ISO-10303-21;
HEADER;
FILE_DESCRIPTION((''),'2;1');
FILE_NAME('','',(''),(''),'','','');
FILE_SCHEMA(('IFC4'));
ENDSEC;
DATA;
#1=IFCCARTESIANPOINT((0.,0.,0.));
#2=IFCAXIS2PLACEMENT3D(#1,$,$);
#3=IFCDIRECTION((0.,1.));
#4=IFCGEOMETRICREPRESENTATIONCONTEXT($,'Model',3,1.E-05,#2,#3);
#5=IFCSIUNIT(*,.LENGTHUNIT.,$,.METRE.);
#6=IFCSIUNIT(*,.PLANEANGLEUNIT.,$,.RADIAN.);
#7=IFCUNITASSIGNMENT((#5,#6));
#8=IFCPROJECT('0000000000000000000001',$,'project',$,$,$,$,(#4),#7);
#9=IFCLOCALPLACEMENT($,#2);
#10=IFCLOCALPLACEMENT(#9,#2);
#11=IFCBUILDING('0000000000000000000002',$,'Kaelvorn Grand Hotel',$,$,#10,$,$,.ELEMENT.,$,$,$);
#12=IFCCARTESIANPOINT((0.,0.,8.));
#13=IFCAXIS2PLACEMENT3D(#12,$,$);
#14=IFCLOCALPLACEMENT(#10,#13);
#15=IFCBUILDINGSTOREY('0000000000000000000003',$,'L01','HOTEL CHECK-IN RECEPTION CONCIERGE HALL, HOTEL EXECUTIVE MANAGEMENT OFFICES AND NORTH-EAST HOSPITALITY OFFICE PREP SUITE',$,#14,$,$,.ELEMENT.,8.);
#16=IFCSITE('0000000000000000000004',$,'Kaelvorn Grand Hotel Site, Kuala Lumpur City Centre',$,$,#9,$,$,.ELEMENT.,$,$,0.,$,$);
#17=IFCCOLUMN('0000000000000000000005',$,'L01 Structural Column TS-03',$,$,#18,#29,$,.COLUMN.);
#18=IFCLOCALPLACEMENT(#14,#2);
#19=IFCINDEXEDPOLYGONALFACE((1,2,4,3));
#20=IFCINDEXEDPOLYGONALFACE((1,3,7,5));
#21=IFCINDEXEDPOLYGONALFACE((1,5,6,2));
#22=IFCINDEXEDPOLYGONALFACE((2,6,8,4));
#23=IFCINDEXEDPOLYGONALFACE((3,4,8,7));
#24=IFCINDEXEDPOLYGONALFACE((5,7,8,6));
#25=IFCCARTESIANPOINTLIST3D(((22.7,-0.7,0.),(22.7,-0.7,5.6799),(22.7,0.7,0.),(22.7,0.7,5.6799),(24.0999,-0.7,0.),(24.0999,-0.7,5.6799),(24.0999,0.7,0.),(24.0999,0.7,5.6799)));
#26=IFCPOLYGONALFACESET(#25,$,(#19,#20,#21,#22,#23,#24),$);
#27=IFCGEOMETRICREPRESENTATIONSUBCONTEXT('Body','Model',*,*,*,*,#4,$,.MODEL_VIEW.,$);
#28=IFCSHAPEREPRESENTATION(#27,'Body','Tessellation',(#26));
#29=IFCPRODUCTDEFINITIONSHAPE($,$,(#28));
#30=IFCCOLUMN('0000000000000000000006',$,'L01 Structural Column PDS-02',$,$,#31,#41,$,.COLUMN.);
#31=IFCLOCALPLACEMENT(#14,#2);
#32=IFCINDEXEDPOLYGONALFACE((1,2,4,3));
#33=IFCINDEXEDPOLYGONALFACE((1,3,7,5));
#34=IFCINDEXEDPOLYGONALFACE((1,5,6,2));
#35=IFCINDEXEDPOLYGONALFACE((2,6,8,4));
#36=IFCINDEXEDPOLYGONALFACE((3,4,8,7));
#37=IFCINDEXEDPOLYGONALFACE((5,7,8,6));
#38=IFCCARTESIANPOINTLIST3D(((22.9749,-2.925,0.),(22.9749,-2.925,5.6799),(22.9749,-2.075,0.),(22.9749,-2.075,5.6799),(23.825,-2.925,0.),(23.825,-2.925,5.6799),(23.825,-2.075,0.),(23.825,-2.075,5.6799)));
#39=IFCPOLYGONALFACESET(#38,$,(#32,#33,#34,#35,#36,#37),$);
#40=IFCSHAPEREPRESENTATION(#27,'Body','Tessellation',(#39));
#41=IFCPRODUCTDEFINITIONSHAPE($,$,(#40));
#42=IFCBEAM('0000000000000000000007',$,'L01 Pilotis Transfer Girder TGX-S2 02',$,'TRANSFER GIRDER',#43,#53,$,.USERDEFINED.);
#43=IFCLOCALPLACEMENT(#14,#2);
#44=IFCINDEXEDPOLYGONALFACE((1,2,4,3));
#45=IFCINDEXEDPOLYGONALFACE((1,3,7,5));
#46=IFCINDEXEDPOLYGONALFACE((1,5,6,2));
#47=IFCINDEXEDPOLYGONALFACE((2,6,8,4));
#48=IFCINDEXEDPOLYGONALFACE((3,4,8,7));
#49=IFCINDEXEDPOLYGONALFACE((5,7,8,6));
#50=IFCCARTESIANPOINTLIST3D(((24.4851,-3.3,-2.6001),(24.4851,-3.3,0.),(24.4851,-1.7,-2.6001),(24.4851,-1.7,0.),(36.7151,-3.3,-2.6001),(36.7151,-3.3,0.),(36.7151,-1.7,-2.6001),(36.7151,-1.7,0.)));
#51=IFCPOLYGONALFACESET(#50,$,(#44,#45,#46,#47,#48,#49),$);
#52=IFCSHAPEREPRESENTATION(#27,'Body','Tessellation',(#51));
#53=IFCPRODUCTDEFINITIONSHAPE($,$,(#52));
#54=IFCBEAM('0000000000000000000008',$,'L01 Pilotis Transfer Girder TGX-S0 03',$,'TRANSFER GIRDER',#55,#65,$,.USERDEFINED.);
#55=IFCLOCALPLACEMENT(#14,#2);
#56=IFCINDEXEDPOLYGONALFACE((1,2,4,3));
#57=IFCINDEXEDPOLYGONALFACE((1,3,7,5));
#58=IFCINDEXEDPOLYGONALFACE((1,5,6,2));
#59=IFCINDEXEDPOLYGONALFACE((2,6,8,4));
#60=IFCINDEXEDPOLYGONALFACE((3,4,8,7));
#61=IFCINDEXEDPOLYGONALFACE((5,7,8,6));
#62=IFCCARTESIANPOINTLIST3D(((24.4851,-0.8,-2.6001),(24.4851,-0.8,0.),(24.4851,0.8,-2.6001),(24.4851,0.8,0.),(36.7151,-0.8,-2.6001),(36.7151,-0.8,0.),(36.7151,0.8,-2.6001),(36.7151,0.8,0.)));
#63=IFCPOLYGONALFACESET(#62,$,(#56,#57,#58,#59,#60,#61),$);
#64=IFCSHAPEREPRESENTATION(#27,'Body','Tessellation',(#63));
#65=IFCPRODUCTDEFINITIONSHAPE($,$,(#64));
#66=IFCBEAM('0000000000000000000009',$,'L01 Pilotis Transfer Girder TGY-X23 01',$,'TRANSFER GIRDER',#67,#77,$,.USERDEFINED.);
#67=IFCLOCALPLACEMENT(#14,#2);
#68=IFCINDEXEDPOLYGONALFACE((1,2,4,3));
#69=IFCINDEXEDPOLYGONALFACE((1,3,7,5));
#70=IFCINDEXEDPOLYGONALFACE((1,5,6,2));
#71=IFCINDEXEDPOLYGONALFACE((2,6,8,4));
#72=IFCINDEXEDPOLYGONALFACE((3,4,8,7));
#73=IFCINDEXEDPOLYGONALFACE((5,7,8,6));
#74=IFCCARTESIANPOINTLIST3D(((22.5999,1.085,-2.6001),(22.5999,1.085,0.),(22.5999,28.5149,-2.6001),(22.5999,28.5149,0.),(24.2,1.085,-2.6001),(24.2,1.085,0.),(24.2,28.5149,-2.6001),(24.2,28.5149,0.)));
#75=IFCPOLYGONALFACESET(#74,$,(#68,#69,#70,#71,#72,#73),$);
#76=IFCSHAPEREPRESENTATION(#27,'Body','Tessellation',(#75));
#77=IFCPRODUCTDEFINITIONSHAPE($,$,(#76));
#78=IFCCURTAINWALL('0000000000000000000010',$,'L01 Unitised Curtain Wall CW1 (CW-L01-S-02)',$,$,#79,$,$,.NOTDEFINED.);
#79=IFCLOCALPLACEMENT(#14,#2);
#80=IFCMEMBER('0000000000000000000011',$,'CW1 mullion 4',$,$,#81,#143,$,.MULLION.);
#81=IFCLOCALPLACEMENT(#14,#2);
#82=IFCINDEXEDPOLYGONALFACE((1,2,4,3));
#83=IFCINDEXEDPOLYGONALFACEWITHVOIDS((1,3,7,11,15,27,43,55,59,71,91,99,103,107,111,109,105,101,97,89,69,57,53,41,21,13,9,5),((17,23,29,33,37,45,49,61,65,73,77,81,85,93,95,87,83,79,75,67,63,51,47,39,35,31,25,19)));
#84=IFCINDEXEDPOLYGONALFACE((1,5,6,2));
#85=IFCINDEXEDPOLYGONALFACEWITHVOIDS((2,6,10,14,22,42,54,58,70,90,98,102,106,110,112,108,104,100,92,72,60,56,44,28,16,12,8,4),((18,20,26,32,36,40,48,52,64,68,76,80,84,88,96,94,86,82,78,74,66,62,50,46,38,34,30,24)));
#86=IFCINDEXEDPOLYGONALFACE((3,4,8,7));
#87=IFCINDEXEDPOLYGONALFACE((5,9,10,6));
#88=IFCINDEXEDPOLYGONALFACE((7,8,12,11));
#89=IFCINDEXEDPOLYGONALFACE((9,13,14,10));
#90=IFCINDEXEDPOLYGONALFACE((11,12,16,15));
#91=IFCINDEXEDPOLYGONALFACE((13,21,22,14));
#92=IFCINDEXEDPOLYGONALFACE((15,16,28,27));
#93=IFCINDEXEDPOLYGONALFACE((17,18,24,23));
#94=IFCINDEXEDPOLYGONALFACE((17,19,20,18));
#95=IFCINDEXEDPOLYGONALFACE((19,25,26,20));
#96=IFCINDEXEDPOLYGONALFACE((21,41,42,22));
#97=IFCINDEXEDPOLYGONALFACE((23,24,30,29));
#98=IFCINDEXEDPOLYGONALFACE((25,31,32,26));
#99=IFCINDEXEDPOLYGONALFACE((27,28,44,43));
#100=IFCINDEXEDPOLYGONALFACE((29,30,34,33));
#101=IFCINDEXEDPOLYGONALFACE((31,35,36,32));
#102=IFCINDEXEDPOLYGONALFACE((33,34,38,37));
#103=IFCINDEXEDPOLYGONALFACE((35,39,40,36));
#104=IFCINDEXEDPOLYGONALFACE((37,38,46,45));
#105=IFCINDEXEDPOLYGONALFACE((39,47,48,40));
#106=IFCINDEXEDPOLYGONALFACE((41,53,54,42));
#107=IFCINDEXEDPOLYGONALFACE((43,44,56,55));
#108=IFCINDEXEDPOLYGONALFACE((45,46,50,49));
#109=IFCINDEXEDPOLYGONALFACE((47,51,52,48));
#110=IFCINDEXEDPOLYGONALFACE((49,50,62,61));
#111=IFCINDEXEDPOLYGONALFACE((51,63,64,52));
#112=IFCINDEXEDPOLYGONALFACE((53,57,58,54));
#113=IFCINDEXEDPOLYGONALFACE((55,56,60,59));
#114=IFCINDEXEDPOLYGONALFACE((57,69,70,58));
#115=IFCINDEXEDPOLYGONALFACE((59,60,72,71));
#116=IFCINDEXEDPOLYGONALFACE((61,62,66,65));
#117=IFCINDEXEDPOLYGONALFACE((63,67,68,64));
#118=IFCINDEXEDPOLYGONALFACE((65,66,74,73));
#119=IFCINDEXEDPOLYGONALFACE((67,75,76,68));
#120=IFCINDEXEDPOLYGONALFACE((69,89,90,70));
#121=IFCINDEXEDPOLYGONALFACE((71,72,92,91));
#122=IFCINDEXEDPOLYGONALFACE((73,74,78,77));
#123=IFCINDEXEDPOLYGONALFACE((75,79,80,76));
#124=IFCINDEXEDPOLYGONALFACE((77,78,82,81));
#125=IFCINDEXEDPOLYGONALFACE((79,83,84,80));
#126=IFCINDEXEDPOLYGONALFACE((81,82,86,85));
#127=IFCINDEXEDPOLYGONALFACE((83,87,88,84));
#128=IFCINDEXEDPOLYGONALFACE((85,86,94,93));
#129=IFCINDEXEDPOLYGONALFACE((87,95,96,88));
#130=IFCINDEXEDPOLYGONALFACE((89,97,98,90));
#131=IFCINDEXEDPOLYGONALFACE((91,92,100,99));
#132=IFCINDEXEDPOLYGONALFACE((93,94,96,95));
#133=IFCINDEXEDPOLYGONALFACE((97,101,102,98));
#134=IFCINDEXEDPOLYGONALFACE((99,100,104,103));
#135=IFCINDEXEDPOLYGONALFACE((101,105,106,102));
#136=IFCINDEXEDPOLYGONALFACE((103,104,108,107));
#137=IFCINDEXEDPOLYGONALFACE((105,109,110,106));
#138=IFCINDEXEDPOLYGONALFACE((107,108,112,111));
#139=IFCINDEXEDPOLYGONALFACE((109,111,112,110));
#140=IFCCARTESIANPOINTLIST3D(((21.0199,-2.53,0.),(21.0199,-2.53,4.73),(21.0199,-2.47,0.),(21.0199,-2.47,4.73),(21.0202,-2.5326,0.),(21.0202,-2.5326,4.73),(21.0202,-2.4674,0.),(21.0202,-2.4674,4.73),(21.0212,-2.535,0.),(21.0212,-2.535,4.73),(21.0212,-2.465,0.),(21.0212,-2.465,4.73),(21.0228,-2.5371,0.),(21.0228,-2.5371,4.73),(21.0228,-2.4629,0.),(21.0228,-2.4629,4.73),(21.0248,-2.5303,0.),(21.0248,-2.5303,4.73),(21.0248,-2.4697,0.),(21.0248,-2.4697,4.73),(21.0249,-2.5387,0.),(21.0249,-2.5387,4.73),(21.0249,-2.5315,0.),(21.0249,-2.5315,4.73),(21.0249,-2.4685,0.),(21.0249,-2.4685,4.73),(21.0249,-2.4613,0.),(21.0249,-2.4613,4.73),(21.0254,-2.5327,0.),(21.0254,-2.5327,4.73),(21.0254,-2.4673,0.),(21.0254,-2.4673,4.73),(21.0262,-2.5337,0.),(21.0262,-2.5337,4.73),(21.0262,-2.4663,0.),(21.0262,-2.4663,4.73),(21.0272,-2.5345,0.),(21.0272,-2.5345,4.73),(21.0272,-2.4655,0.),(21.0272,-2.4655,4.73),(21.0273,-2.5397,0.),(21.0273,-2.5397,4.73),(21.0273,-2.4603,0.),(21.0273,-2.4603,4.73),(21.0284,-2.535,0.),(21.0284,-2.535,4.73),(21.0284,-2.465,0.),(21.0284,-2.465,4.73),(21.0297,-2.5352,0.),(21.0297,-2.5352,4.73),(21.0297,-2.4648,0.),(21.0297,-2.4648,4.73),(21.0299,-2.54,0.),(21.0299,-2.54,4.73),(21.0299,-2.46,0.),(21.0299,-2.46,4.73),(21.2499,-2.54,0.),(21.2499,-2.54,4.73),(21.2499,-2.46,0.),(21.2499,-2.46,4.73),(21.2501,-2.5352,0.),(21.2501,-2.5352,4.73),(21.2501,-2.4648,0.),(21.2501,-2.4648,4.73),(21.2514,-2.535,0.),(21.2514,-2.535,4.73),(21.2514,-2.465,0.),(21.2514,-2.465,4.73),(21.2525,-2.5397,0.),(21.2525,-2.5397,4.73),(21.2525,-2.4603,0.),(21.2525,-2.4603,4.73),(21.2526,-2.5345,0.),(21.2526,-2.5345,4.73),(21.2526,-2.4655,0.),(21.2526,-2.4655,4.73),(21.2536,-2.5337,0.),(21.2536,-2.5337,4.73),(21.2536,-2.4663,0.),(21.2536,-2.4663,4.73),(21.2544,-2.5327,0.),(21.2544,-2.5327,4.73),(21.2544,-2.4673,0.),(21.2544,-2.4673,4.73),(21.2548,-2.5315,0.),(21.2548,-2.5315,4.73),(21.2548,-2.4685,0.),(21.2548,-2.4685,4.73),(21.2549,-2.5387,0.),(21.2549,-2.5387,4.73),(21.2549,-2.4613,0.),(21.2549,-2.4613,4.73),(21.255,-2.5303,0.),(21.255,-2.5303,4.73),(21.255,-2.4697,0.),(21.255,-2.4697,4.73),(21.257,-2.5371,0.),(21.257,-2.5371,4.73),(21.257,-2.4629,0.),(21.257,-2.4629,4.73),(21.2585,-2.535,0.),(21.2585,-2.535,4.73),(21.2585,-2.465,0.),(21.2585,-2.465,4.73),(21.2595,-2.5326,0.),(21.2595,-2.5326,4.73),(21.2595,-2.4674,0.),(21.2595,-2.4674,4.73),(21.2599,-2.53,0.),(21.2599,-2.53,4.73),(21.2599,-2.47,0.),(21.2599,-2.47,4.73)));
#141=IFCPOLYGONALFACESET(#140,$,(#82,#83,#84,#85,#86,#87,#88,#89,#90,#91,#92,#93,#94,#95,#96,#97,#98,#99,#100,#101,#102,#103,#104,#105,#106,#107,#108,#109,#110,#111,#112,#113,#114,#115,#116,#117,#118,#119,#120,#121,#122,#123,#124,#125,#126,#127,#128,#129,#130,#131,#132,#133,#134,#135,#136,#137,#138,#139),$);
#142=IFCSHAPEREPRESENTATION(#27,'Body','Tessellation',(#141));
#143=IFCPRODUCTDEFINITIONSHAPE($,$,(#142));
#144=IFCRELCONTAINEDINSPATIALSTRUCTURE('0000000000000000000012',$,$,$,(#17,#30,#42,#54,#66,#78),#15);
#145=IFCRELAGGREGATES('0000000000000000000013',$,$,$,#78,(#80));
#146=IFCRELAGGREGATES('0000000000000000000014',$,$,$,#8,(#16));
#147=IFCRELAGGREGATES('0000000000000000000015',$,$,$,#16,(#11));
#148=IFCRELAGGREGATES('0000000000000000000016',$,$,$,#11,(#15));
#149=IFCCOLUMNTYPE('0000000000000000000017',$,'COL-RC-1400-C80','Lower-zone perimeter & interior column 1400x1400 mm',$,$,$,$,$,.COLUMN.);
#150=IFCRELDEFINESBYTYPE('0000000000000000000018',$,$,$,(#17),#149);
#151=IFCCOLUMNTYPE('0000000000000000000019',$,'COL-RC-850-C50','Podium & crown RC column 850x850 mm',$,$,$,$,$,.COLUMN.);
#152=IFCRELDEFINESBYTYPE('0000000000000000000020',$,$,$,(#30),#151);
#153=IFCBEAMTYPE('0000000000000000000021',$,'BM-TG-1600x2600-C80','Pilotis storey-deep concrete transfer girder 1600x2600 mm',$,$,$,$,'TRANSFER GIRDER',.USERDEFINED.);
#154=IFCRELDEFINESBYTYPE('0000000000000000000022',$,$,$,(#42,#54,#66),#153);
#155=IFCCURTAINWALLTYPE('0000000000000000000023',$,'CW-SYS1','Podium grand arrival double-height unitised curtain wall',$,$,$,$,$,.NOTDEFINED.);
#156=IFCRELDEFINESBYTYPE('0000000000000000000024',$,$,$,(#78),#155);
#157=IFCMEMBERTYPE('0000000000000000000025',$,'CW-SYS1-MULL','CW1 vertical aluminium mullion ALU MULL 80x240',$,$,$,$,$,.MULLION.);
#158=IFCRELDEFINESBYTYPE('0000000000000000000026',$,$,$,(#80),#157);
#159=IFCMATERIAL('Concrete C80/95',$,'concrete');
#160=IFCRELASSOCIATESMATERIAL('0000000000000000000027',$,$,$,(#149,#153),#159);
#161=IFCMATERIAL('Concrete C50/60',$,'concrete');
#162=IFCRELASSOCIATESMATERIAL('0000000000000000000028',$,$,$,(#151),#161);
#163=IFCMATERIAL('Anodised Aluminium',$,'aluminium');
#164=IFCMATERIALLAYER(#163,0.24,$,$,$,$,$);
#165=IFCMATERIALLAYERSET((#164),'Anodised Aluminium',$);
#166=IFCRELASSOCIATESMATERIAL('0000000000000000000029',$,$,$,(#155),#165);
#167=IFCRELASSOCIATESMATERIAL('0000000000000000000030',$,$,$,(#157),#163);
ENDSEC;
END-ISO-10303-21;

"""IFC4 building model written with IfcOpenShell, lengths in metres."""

from ifc_helpers import new_model, si_unit, direction, frame, origin, origin_2d, place, context, subcontext, project, spatial, rectangle, hollow_rectangle, extrude, material, layer, layer_set, material_profile, profile_set, type_object, element, aggregate, save


model = new_model("IFC4")

# Units and contexts
model_context = context("Model", 3, precision=1e-05, world=origin(), true_north=direction((0.0, 1.0)))
body_context = subcontext(model_context, "Body", "Model", "MODEL_VIEW")
ifc_project = project(units=[si_unit("LENGTHUNIT", "METRE"), si_unit("PLANEANGLEUNIT", "RADIAN")], contexts=[model_context])

# Site, building, storey
site_placement = place(None, origin())
site = spatial("IfcSite", under=ifc_project, at=site_placement, Name="Kaelvorn Grand Hotel Site, Kuala Lumpur City Centre", CompositionType="ELEMENT", RefElevation=0.0)
building_placement = place(site_placement, origin())
building = spatial("IfcBuilding", under=site, at=building_placement, Name="Kaelvorn Grand Hotel", CompositionType="ELEMENT")
storey_placement = place(building_placement, frame((0.0, 0.0, 8.0)))
storey = spatial("IfcBuildingStorey", under=building, at=storey_placement, Name="L01", Description="HOTEL CHECK-IN RECEPTION CONCIERGE HALL, HOTEL EXECUTIVE MANAGEMENT OFFICES AND NORTH-EAST HOSPITALITY OFFICE PREP SUITE", CompositionType="ELEMENT", Elevation=8.0)

# Columns
ifc_material_1 = material(Name="Concrete C80/95", Category="concrete")
ifc_material_profile_1 = material_profile(ifc_material_1, rectangle(XDim=1.3999, YDim=1.3999, at=origin_2d()), Name="RC COL 1400x1400")
ifc_profile_set_1 = profile_set([ifc_material_profile_1], Name="Concrete C80/95")
column_type_1 = type_object("IfcColumnType", Name="COL-RC-1400-C80", Description="Lower-zone perimeter & interior column 1400x1400 mm", PredefinedType="COLUMN", material=ifc_profile_set_1)
column_1_placement = place(storey_placement, frame((23.3999, 0.0, 0.0), z_axis=(0.0, 0.0, 1.0), x_axis=(1.0, 0.0, 0.0)))
element("IfcColumn", 1, at=column_1_placement, inside=storey, type_object=column_type_1, Name="L01 Structural Column TS-03", PredefinedType="COLUMN", context=body_context, shape_type="SweptSolid", body=[
    extrude(rectangle(XDim=1.3999, YDim=1.3999, at=origin_2d()), origin(), (0.0, 0.0, 1.0), 5.6799),
])
ifc_material_2 = material(Name="Concrete C50/60", Category="concrete")
ifc_material_profile_2 = material_profile(ifc_material_2, rectangle(XDim=0.8501, YDim=0.8501, at=origin_2d()), Name="RC COL 850x850")
ifc_profile_set_2 = profile_set([ifc_material_profile_2], Name="Concrete C50/60")
column_type_2 = type_object("IfcColumnType", Name="COL-RC-850-C50", Description="Podium & crown RC column 850x850 mm", PredefinedType="COLUMN", material=ifc_profile_set_2)
column_2_placement = place(storey_placement, frame((23.3999, -2.5, 0.0), z_axis=(0.0, 0.0, 1.0), x_axis=(1.0, 0.0, 0.0)))
element("IfcColumn", 2, at=column_2_placement, inside=storey, type_object=column_type_2, Name="L01 Structural Column PDS-02", PredefinedType="COLUMN", context=body_context, shape_type="SweptSolid", body=[
    extrude(rectangle(XDim=0.8501, YDim=0.8501, at=origin_2d()), origin(), (0.0, 0.0, 1.0), 5.6799),
])

# Beams
ifc_material_profile_3 = material_profile(ifc_material_1, rectangle(XDim=1.6001, YDim=2.6001, at=origin_2d()), Name="RC TG 1600x2600")
ifc_profile_set_3 = profile_set([ifc_material_profile_3], Name="Concrete C80/95")
beam_type = type_object("IfcBeamType", Name="BM-TG-1600x2600-C80", Description="Pilotis storey-deep concrete transfer girder 1600x2600 mm", ElementType="TRANSFER GIRDER", PredefinedType="USERDEFINED", material=ifc_profile_set_3)
for number, where, z_axis, x_axis, name in (
    (3, (24.4851, -2.5, -1.3), (1.0, 0.0, 0.0), (0.0, 1.0, 0.0), "L01 Pilotis Transfer Girder TGX-S2 02"),
    (4, (24.4851, 0.0, -1.3), (1.0, 0.0, 0.0), (0.0, 1.0, 0.0), "L01 Pilotis Transfer Girder TGX-S0 03"),
):
    element("IfcBeam", number, at=place(storey_placement, frame(where, z_axis=z_axis, x_axis=x_axis)), inside=storey, type_object=beam_type, Name=name, ObjectType="TRANSFER GIRDER", PredefinedType="USERDEFINED", context=body_context, shape_type="SweptSolid", body=[
        extrude(rectangle(XDim=1.6001, YDim=2.6001, at=origin_2d()), origin(), (0.0, 0.0, 1.0), 12.23),
    ])
beam_placement = place(storey_placement, frame((23.3999, 1.085, -1.3), z_axis=(0.0, 1.0, 0.0), x_axis=(-1.0, 0.0, 0.0)))
element("IfcBeam", 5, at=beam_placement, inside=storey, type_object=beam_type, Name="L01 Pilotis Transfer Girder TGY-X23 01", ObjectType="TRANSFER GIRDER", PredefinedType="USERDEFINED", context=body_context, shape_type="SweptSolid", body=[
    extrude(rectangle(XDim=1.6001, YDim=2.6001, at=origin_2d()), origin(), (0.0, 0.0, 1.0), 27.4299),
])

# Curtain wall, member
ifc_material_3 = material(Name="Anodised Aluminium", Category="aluminium")
ifc_layer_1 = layer(ifc_material_3, 0.24)
ifc_layer_set_1 = layer_set([ifc_layer_1], Name="Anodised Aluminium")
curtain_wall_type = type_object("IfcCurtainWallType", Name="CW-SYS1", Description="Podium grand arrival double-height unitised curtain wall", PredefinedType="NOTDEFINED", material=ifc_layer_set_1)
curtain_wall_1_placement = place(storey_placement, origin())
curtain_wall_1 = element("IfcCurtainWall", 6, at=curtain_wall_1_placement, inside=storey, type_object=curtain_wall_type, Name="L01 Unitised Curtain Wall CW1 (CW-L01-S-02)", PredefinedType="NOTDEFINED")
ifc_material_profile_4 = material_profile(ifc_material_3, hollow_rectangle(XDim=0.0801, YDim=0.24, WallThickness=0.0049, InnerFilletRadius=0.0049, OuterFilletRadius=0.01, at=origin_2d()), Name="ALU MULL 80x240")
ifc_profile_set_4 = profile_set([ifc_material_profile_4], Name="Anodised Aluminium")
member_type_1 = type_object("IfcMemberType", Name="CW-SYS1-MULL", Description="CW1 vertical aluminium mullion ALU MULL 80x240", PredefinedType="MULLION", material=ifc_profile_set_4)
member_1_placement = place(storey_placement, frame((21.1399, -2.5, 0.0), z_axis=(0.0, 0.0, 1.0), x_axis=(0.0, 1.0, 0.0)))
member_1 = element("IfcMember", 7, at=member_1_placement, type_object=member_type_1, Name="CW1 mullion 4", PredefinedType="MULLION", context=body_context, shape_type="SweptSolid", body=[
    extrude(hollow_rectangle(XDim=0.0801, YDim=0.24, WallThickness=0.0049, InnerFilletRadius=0.0049, OuterFilletRadius=0.01, at=origin_2d()), origin(), (0.0, 0.0, 1.0), 4.73),
])

aggregate(curtain_wall_1, [member_1])

save(model, "model.ifc")
